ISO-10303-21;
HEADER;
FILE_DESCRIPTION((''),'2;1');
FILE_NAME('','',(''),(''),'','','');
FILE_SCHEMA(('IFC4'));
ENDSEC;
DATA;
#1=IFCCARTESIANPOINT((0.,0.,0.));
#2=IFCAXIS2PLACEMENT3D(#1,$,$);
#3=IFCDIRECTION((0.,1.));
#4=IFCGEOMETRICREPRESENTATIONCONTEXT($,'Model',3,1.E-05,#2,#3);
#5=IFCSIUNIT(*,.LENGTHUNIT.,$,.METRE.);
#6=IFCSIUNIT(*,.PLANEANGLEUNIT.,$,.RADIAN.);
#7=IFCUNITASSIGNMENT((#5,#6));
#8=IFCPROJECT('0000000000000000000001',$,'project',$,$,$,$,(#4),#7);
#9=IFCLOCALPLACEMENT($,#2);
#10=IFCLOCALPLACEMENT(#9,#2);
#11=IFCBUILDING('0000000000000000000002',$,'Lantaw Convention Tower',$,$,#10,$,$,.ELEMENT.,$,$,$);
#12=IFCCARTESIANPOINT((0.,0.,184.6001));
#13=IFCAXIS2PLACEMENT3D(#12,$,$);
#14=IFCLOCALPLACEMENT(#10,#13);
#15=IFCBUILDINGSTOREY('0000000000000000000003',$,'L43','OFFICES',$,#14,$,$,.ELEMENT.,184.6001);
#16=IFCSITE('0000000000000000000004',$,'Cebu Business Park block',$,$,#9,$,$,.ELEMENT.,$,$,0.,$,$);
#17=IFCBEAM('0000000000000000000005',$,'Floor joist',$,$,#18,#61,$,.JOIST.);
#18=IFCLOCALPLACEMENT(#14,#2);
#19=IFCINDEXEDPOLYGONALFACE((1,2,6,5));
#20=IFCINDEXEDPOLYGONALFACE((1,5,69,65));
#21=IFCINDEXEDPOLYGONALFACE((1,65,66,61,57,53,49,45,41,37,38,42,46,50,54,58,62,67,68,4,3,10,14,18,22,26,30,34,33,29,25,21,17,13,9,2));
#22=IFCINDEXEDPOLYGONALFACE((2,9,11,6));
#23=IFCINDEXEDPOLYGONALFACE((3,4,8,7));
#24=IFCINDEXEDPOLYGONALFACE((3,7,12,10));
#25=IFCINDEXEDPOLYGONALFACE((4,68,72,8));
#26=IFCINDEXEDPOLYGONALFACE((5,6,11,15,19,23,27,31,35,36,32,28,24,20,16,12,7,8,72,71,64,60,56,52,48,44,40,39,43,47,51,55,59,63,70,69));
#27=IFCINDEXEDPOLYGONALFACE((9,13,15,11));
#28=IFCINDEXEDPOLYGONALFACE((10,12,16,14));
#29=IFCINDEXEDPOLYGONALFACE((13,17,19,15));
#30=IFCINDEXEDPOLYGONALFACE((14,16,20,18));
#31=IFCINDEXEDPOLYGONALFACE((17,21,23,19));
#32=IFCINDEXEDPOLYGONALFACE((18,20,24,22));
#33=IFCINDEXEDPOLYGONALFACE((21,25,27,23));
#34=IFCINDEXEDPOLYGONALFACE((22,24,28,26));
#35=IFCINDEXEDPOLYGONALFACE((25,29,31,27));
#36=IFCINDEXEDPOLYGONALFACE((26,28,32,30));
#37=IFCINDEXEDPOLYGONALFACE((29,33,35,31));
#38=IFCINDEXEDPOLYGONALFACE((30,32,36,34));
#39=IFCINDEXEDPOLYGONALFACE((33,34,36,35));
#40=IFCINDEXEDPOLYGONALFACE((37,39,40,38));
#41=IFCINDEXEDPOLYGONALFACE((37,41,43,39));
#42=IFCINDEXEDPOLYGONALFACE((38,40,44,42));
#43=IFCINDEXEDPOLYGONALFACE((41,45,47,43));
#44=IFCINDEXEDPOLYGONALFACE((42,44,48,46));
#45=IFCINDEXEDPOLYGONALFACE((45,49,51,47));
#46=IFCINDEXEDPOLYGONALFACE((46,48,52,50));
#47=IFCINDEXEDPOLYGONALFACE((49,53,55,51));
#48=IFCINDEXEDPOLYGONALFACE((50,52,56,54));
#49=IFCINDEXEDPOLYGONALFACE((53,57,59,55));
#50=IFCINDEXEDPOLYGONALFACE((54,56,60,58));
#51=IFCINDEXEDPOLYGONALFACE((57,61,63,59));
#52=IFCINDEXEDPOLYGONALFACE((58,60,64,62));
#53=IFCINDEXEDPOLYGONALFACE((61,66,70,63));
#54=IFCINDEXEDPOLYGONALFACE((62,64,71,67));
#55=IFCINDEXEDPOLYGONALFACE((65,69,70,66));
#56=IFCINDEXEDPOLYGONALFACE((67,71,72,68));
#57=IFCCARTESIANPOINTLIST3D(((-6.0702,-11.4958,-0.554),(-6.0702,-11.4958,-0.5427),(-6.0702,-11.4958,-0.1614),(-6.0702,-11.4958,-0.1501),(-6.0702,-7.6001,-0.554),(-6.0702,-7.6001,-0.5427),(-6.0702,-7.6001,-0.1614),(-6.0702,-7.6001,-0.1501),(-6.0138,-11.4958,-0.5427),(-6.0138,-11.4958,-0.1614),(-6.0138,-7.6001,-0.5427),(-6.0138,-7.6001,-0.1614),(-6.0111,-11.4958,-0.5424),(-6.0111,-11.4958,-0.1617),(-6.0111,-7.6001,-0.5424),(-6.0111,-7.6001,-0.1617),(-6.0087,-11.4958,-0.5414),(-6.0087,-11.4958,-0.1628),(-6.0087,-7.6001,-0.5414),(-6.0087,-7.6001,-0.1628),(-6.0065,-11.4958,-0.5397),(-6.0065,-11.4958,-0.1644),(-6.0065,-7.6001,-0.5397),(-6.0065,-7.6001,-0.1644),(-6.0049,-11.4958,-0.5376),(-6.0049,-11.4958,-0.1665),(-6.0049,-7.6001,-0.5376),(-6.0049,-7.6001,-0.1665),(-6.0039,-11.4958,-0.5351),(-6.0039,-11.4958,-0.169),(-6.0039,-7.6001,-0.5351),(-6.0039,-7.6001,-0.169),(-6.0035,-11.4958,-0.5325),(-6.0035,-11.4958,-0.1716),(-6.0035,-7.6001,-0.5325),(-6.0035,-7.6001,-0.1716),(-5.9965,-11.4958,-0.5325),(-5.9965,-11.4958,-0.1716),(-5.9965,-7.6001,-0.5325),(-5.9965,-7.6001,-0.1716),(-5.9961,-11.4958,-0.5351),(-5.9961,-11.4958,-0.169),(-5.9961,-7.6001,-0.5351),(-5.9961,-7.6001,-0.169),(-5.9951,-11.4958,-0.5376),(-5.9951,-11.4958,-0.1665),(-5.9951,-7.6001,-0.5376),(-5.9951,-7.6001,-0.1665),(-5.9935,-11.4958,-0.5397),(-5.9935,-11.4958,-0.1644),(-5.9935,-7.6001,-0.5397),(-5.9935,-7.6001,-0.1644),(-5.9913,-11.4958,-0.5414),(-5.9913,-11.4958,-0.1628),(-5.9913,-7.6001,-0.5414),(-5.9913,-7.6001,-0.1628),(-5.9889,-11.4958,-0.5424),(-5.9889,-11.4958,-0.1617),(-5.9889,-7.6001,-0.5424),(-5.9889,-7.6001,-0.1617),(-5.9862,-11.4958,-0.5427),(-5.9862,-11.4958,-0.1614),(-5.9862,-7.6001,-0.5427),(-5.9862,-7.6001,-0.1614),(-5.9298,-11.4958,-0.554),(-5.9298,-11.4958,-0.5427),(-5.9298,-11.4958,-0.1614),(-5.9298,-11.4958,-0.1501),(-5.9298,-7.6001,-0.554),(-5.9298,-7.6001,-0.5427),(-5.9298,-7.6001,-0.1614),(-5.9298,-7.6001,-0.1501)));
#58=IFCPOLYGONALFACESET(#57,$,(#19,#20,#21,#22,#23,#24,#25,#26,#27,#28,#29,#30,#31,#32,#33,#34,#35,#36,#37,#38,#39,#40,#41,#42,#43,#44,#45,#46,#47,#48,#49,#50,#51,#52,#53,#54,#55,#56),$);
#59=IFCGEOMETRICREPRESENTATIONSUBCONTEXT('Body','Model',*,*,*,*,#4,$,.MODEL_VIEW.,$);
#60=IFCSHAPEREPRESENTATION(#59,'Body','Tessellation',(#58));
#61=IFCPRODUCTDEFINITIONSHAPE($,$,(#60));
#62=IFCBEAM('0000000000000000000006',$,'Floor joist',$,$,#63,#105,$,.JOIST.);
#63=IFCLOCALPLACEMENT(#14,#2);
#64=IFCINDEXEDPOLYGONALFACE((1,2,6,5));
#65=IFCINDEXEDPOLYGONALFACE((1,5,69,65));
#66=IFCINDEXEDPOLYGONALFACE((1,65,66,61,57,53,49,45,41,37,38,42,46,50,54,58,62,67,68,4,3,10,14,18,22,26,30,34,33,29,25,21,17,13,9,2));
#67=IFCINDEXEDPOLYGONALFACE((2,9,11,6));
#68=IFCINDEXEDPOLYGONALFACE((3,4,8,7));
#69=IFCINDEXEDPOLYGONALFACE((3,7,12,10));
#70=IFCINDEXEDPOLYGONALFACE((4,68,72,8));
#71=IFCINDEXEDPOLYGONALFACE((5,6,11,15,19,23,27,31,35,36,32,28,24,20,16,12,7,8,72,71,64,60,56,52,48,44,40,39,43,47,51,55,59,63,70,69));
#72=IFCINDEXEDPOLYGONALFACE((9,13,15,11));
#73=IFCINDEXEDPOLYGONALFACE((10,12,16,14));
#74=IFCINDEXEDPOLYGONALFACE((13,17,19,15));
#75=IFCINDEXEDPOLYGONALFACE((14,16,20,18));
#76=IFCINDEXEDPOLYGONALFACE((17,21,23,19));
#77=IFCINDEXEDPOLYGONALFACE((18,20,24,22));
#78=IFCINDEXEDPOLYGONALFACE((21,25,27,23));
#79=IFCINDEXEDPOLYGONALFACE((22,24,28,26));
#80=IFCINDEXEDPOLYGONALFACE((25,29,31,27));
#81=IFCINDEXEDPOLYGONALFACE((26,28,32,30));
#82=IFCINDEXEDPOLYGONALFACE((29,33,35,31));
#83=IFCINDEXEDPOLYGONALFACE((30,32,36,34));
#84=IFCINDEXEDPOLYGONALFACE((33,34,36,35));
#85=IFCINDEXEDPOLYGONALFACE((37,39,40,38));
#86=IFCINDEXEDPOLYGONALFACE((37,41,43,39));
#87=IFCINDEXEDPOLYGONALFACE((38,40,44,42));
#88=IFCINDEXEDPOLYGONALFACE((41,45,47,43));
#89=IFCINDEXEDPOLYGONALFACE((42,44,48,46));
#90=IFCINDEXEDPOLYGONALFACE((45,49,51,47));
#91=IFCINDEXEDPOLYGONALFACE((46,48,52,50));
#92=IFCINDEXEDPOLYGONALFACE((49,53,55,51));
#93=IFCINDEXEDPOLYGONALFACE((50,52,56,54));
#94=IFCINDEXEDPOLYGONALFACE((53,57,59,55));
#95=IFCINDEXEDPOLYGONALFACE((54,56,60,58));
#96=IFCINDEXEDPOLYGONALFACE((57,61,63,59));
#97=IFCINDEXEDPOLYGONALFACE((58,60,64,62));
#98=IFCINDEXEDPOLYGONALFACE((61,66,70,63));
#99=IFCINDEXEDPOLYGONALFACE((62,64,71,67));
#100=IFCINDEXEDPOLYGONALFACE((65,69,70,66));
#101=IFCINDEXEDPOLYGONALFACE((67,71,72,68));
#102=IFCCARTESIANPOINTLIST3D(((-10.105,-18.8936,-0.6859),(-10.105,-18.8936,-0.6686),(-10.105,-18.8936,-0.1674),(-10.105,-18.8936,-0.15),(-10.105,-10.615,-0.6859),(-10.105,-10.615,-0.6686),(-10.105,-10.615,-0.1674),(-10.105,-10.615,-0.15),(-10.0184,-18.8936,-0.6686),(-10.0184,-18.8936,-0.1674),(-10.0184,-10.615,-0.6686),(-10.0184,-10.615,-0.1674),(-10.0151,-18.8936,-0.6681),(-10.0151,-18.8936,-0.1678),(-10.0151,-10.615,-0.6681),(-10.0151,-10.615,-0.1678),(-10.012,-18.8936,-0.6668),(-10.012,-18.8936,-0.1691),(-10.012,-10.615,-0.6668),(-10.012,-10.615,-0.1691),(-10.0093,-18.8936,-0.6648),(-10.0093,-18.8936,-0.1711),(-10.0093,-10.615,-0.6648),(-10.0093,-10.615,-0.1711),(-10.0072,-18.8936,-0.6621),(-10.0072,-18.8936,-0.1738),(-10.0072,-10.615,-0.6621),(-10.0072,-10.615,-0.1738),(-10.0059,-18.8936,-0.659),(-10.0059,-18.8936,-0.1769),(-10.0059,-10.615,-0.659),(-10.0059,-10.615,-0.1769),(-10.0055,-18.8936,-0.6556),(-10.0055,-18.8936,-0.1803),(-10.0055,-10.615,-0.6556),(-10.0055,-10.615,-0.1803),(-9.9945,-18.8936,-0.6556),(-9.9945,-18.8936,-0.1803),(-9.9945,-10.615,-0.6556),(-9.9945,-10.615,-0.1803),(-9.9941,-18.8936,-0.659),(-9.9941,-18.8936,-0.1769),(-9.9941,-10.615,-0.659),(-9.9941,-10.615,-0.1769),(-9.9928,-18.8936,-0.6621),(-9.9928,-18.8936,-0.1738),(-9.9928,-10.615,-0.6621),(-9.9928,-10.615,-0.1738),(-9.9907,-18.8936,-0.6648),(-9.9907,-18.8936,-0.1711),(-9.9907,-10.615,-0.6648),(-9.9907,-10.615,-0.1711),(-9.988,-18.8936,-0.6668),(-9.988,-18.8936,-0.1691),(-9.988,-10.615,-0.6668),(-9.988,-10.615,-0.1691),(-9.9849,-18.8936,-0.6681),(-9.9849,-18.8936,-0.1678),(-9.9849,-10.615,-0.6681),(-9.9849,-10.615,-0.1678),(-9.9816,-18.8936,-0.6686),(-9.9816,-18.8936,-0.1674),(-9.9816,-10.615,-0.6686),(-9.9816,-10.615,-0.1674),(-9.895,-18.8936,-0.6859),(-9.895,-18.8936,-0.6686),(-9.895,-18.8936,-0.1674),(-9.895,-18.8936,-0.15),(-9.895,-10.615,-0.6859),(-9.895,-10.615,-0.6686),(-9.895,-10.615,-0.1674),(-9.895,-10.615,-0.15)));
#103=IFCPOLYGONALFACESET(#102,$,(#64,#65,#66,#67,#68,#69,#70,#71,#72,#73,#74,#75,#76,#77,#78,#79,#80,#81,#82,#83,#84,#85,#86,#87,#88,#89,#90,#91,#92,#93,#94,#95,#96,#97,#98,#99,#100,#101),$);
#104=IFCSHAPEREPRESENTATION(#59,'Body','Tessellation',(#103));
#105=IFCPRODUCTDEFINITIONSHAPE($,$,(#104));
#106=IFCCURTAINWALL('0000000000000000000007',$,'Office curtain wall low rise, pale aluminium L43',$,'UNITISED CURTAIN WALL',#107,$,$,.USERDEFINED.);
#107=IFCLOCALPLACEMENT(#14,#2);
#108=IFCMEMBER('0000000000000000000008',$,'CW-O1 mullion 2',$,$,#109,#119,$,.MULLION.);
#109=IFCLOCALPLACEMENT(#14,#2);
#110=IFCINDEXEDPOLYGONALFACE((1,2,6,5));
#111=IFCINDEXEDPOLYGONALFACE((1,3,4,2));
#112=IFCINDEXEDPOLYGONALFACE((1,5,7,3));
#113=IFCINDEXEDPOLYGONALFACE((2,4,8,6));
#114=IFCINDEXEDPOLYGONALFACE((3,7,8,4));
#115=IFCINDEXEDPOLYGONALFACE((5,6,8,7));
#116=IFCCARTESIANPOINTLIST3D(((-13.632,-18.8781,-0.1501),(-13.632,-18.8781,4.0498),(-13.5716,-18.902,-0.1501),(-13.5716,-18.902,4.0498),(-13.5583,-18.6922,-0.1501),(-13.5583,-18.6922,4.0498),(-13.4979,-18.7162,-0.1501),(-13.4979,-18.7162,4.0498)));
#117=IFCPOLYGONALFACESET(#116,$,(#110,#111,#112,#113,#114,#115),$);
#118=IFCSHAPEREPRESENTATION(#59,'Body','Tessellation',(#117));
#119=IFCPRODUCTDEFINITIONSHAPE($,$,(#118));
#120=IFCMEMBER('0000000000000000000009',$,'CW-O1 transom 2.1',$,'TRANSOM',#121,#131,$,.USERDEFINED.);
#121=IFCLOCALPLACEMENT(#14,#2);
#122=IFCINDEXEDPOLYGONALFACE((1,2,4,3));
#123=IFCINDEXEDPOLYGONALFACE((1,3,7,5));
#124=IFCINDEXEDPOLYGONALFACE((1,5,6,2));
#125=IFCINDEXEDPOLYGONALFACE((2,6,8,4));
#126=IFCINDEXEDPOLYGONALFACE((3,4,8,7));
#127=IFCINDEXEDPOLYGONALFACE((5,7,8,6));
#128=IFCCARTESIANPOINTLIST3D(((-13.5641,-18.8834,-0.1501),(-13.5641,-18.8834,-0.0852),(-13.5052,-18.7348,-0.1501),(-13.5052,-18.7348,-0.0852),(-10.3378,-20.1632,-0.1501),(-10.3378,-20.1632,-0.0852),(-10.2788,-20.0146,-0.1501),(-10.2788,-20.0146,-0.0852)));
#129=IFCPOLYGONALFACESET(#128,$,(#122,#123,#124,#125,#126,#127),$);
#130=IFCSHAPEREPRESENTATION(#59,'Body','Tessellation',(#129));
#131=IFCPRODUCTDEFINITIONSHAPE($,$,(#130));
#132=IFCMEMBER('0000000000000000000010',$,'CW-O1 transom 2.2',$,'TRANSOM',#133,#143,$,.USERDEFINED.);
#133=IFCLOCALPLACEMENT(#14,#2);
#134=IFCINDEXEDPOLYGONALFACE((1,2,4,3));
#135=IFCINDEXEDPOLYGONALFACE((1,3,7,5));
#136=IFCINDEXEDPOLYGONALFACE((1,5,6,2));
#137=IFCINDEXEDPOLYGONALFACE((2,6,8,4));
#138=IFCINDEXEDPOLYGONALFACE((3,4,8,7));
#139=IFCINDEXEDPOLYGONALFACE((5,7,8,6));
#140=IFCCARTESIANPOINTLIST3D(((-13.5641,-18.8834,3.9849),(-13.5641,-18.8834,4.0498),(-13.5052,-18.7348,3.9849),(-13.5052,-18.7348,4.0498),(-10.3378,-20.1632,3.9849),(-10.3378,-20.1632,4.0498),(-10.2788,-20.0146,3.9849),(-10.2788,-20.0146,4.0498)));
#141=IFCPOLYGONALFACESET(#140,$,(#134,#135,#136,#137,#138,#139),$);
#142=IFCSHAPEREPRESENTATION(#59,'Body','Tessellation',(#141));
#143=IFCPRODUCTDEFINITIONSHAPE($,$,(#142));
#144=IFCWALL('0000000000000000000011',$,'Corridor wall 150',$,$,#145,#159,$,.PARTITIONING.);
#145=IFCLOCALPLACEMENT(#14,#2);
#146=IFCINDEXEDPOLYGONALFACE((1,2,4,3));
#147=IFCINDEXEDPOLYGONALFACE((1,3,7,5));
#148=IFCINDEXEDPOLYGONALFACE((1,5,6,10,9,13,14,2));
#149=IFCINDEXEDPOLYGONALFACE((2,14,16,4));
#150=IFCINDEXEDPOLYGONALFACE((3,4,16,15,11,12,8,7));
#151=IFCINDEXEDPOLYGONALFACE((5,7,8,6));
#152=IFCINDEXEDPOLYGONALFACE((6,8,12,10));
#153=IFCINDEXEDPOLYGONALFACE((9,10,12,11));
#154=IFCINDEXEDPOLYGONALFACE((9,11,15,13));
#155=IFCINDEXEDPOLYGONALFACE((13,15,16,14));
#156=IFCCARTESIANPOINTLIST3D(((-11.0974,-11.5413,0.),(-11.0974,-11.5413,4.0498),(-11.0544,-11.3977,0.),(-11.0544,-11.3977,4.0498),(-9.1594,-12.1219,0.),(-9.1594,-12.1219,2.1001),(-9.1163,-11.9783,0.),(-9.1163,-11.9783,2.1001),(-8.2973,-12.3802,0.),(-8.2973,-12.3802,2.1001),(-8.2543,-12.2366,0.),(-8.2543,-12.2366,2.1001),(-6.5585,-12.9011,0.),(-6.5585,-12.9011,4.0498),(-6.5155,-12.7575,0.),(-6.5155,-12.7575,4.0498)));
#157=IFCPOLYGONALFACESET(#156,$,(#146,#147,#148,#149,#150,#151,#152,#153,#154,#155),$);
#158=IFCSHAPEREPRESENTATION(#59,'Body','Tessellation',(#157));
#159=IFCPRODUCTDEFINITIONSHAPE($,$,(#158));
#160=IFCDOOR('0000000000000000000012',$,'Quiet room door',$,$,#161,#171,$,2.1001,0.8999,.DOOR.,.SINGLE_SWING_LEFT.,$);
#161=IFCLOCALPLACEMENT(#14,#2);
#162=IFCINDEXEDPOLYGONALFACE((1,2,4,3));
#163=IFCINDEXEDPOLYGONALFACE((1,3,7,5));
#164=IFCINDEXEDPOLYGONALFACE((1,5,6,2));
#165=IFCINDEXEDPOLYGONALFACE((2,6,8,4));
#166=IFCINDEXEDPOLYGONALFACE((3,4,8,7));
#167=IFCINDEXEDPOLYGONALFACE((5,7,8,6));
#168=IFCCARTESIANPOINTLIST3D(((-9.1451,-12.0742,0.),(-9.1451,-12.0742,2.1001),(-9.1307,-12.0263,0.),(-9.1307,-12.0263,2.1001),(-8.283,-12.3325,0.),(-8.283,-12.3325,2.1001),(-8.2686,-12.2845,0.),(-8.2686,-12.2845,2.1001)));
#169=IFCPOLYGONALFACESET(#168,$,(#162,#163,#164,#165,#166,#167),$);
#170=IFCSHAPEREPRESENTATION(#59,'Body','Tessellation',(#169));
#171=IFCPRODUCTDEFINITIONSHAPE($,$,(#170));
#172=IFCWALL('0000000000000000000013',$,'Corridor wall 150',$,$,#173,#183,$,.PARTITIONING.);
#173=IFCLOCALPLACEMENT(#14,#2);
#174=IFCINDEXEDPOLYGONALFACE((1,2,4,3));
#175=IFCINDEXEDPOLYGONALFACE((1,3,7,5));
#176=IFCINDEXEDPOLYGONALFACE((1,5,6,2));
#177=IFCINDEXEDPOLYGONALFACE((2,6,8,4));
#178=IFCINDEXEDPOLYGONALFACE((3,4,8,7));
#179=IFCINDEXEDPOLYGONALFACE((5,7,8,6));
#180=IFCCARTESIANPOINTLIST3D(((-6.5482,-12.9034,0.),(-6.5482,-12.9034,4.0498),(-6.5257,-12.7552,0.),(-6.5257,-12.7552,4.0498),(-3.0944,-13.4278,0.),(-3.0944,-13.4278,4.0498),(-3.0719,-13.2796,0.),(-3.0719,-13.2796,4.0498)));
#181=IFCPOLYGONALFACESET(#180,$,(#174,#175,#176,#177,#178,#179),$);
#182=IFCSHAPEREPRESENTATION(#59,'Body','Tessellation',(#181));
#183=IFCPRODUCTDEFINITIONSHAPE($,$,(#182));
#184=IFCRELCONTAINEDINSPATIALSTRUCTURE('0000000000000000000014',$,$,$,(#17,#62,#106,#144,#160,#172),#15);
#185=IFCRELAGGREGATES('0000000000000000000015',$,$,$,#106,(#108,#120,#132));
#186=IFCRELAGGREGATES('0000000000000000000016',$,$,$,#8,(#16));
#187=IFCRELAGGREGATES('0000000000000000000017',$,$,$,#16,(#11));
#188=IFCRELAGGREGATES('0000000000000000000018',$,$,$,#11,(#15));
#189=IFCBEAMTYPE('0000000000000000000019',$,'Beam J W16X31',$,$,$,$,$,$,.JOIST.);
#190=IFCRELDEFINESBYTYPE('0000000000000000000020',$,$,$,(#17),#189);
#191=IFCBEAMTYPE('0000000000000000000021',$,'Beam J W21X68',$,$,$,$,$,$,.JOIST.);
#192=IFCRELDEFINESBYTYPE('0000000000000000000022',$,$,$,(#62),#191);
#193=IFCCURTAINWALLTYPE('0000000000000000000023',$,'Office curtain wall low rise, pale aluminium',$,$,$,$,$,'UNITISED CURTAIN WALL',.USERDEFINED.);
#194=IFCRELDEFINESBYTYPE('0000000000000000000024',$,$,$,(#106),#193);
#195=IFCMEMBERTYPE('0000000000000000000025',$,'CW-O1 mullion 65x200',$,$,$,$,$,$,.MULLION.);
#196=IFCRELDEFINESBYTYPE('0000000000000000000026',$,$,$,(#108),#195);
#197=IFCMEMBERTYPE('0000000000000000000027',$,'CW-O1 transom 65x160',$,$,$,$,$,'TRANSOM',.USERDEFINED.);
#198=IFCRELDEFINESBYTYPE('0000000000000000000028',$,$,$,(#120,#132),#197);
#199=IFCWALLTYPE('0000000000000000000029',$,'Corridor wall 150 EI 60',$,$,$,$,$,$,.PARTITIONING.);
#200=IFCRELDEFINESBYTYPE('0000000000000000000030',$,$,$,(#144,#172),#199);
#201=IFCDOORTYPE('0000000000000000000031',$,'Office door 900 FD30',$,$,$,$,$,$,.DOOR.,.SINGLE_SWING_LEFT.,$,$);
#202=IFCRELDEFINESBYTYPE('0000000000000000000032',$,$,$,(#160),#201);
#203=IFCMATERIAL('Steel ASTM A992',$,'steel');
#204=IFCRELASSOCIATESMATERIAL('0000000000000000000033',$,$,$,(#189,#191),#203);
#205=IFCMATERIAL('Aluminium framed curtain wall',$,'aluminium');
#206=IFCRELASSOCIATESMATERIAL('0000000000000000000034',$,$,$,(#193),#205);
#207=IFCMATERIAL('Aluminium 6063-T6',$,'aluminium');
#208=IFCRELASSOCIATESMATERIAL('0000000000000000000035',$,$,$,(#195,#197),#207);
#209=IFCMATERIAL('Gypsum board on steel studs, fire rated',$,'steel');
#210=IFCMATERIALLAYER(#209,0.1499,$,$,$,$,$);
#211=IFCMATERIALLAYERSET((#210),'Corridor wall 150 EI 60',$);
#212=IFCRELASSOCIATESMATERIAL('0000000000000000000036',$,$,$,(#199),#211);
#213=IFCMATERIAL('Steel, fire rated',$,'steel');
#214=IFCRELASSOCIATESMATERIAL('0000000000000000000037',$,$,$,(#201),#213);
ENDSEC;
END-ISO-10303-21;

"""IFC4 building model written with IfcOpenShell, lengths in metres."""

from ifc_helpers import new_model, si_unit, direction, frame, frame_2d, origin, origin_2d, place, context, subcontext, project, spatial, rectangle, i_section, extrude, material, layer, layer_set, material_profile, profile_set, type_object, element, fill, aggregate, save


model = new_model("IFC4")

# Units and contexts
model_context = context("Model", 3, precision=1e-05, world=origin(), true_north=direction((0.0, 1.0)))
body_context = subcontext(model_context, "Body", "Model", "MODEL_VIEW")
ifc_project = project(units=[si_unit("LENGTHUNIT", "METRE"), si_unit("PLANEANGLEUNIT", "RADIAN")], contexts=[model_context])

# Site, building, storey
site_placement = place(None, origin())
site = spatial("IfcSite", under=ifc_project, at=site_placement, Name="Cebu Business Park block", CompositionType="ELEMENT", RefElevation=0.0)
building_placement = place(site_placement, origin())
building = spatial("IfcBuilding", under=site, at=building_placement, Name="Lantaw Convention Tower", CompositionType="ELEMENT")
storey_placement = place(building_placement, frame((0.0, 0.0, 184.6001)))
storey = spatial("IfcBuildingStorey", under=building, at=storey_placement, Name="L43", Description="OFFICES", CompositionType="ELEMENT", Elevation=184.6001)

# Beams
ifc_material_1 = material(Name="Steel ASTM A992", Category="steel")
ifc_material_profile_1 = material_profile(ifc_material_1, i_section(OverallWidth=0.1404, OverallDepth=0.4038, WebThickness=0.0071, FlangeThickness=0.0112, FilletRadius=0.0103, at=origin_2d()), Name="W16X31")
ifc_profile_set_1 = profile_set([ifc_material_profile_1], Name="Steel ASTM A992")
beam_type_1 = type_object("IfcBeamType", Name="Beam J W16X31", PredefinedType="JOIST", material=ifc_profile_set_1)
beam_1_placement = place(storey_placement, frame((-6.0, -11.4958, -0.3521), z_axis=(0.0, 1.0, 0.0), x_axis=(-1.0, 0.0, 0.0)))
element("IfcBeam", 1, at=beam_1_placement, inside=storey, type_object=beam_type_1, Name="Floor joist", PredefinedType="JOIST", context=body_context, shape_type="SweptSolid", body=[
    extrude(i_section(OverallWidth=0.1404, OverallDepth=0.4038, WebThickness=0.0071, FlangeThickness=0.0112, FilletRadius=0.0103, at=origin_2d()), origin(), (0.0, 0.0, 1.0), 3.8958),
])
ifc_material_profile_2 = material_profile(ifc_material_1, i_section(OverallWidth=0.21, OverallDepth=0.5359, WebThickness=0.011, FlangeThickness=0.0173, FilletRadius=0.0129, at=origin_2d()), Name="W21X68")
ifc_profile_set_2 = profile_set([ifc_material_profile_2], Name="Steel ASTM A992")
beam_type_2 = type_object("IfcBeamType", Name="Beam J W21X68", PredefinedType="JOIST", material=ifc_profile_set_2)
beam_2_placement = place(storey_placement, frame((-10.0, -18.8936, -0.418), z_axis=(0.0, 1.0, 0.0), x_axis=(-1.0, 0.0, 0.0)))
element("IfcBeam", 2, at=beam_2_placement, inside=storey, type_object=beam_type_2, Name="Floor joist", PredefinedType="JOIST", context=body_context, shape_type="SweptSolid", body=[
    extrude(i_section(OverallWidth=0.21, OverallDepth=0.5359, WebThickness=0.011, FlangeThickness=0.0173, FilletRadius=0.0129, at=origin_2d()), origin(), (0.0, 0.0, 1.0), 8.2786),
])

# Curtain wall, members
ifc_material_2 = material(Name="Aluminium framed curtain wall", Category="aluminium")
curtain_wall_type = type_object("IfcCurtainWallType", Name="Office curtain wall low rise, pale aluminium", ElementType="UNITISED CURTAIN WALL", PredefinedType="USERDEFINED", material=ifc_material_2)
curtain_wall_placement = place(storey_placement, origin())
curtain_wall = element("IfcCurtainWall", 3, at=curtain_wall_placement, inside=storey, type_object=curtain_wall_type, Name="Office curtain wall low rise, pale aluminium L43", ObjectType="UNITISED CURTAIN WALL", PredefinedType="USERDEFINED")
ifc_material_3 = material(Name="Aluminium 6063-T6", Category="aluminium")
ifc_material_profile_3 = material_profile(ifc_material_3, rectangle(XDim=0.2, YDim=0.0649, at=origin_2d()), Name="CW-O1 mullion 65x200")
ifc_profile_set_3 = profile_set([ifc_material_profile_3], Name="Aluminium 6063-T6")
member_type_1 = type_object("IfcMemberType", Name="CW-O1 mullion 65x200", PredefinedType="MULLION", material=ifc_profile_set_3)
member_1_placement = place(storey_placement, frame((-13.5649, -18.7971, -0.1501), z_axis=(0.0, 0.0, 1.0), x_axis=(0.368702, 0.929548, 0.0)))
member_1 = element("IfcMember", 4, at=member_1_placement, type_object=member_type_1, Name="CW-O1 mullion 2", PredefinedType="MULLION", context=body_context, shape_type="SweptSolid", body=[
    extrude(rectangle(XDim=0.2, YDim=0.0649, at=origin_2d()), origin(), (0.0, 0.0, 1.0), 4.2),
])
ifc_material_profile_4 = material_profile(ifc_material_3, rectangle(XDim=0.1599, YDim=0.0649, at=origin_2d()), Name="CW-O1 transom 65x160")
ifc_profile_set_4 = profile_set([ifc_material_profile_4], Name="Aluminium 6063-T6")
member_type_2 = type_object("IfcMemberType", Name="CW-O1 transom 65x160", ElementType="TRANSOM", PredefinedType="USERDEFINED", material=ifc_profile_set_4)
member_2_placement = place(storey_placement, frame((-13.5347, -18.8091, -0.1177), z_axis=(0.92954, -0.368721, 0.0), x_axis=(0.368721, 0.92954, 0.0)))
member_2 = element("IfcMember", 5, at=member_2_placement, type_object=member_type_2, Name="CW-O1 transom 2.1", ObjectType="TRANSOM", PredefinedType="USERDEFINED", context=body_context, shape_type="SweptSolid", body=[
    extrude(rectangle(XDim=0.1599, YDim=0.0649, at=origin_2d()), origin(), (0.0, 0.0, 1.0), 3.4709),
])
member_3_placement = place(storey_placement, frame((-13.5347, -18.8091, 4.0173), z_axis=(0.92954, -0.368721, 0.0), x_axis=(0.368721, 0.92954, 0.0)))
member_3 = element("IfcMember", 6, at=member_3_placement, type_object=member_type_2, Name="CW-O1 transom 2.2", ObjectType="TRANSOM", PredefinedType="USERDEFINED", context=body_context, shape_type="SweptSolid", body=[
    extrude(rectangle(XDim=0.1599, YDim=0.0649, at=origin_2d()), origin(), (0.0, 0.0, 1.0), 3.4709),
])
aggregate(curtain_wall, [member_1, member_2, member_3])

# Wall, opening, door
ifc_material_4 = material(Name="Gypsum board on steel studs, fire rated", Category="steel")
ifc_layer_1 = layer(ifc_material_4, 0.1499)
ifc_layer_set_1 = layer_set([ifc_layer_1], Name="Corridor wall 150 EI 60")
wall_type_1 = type_object("IfcWallType", Name="Corridor wall 150 EI 60", PredefinedType="PARTITIONING", material=ifc_layer_set_1)
wall_1_placement = place(storey_placement, frame((-11.0759, -11.4695, 0.0), z_axis=(0.0, 0.0, 1.0), x_axis=(0.957934, -0.286989, 0.0)))
wall_1 = element("IfcWall", 7, at=wall_1_placement, inside=storey, type_object=wall_type_1, Name="Corridor wall 150", PredefinedType="PARTITIONING", context=body_context, shape_type="SweptSolid", body=[
    extrude(rectangle(XDim=4.7383, YDim=0.1499, at=frame_2d((2.3691, 0.0))), origin(), (0.0, 0.0, 1.0), 4.0498),
])
opening_1_placement = place(wall_1_placement, frame((2.0232, 0.0, 0.0)))
opening_1 = element("IfcOpeningElement", 8, at=opening_1_placement, cuts=wall_1, PredefinedType="OPENING", context=body_context, shape_type="SweptSolid", body=[
    extrude(rectangle(XDim=0.8999, YDim=2.1001, at=frame_2d((0.45, 1.05))), frame((0.0, 0.085, 0.0), z_axis=(0.0, -1.0, 0.0), x_axis=(1.0, 0.0, 0.0)), (0.0, 0.0, 1.0), 0.1699),
])
ifc_material_5 = material(Name="Steel, fire rated", Category="steel")
door_type_1 = type_object("IfcDoorType", Name="Office door 900 FD30", OperationType="SINGLE_SWING_LEFT", PredefinedType="DOOR", material=ifc_material_5)
door_1_placement = place(opening_1_placement, origin())
door_1 = element("IfcDoor", 9, at=door_1_placement, inside=storey, type_object=door_type_1, Name="Quiet room door", OperationType="SINGLE_SWING_LEFT", OverallHeight=2.1001, OverallWidth=0.8999, PredefinedType="DOOR", context=body_context, shape_type="SweptSolid", body=[
    extrude(rectangle(XDim=0.8999, YDim=2.1001, at=frame_2d((0.45, 1.05))), frame((0.0, 0.0249, 0.0), z_axis=(0.0, -1.0, 0.0), x_axis=(1.0, 0.0, 0.0)), (0.0, 0.0, 1.0), 0.05),
])
fill(opening_1, door_1)

# Wall
wall_2_placement = place(storey_placement, frame((-6.5369, -12.8293, 0.0), z_axis=(0.0, 0.0, 1.0), x_axis=(0.988669, -0.150114, 0.0)))
element("IfcWall", 10, at=wall_2_placement, inside=storey, type_object=wall_type_1, Name="Corridor wall 150", PredefinedType="PARTITIONING", context=body_context, shape_type="SweptSolid", body=[
    extrude(rectangle(XDim=3.4934, YDim=0.1499, at=frame_2d((1.7466, 0.0))), origin(), (0.0, 0.0, 1.0), 4.0498),
])

save(model, "model.ifc")
